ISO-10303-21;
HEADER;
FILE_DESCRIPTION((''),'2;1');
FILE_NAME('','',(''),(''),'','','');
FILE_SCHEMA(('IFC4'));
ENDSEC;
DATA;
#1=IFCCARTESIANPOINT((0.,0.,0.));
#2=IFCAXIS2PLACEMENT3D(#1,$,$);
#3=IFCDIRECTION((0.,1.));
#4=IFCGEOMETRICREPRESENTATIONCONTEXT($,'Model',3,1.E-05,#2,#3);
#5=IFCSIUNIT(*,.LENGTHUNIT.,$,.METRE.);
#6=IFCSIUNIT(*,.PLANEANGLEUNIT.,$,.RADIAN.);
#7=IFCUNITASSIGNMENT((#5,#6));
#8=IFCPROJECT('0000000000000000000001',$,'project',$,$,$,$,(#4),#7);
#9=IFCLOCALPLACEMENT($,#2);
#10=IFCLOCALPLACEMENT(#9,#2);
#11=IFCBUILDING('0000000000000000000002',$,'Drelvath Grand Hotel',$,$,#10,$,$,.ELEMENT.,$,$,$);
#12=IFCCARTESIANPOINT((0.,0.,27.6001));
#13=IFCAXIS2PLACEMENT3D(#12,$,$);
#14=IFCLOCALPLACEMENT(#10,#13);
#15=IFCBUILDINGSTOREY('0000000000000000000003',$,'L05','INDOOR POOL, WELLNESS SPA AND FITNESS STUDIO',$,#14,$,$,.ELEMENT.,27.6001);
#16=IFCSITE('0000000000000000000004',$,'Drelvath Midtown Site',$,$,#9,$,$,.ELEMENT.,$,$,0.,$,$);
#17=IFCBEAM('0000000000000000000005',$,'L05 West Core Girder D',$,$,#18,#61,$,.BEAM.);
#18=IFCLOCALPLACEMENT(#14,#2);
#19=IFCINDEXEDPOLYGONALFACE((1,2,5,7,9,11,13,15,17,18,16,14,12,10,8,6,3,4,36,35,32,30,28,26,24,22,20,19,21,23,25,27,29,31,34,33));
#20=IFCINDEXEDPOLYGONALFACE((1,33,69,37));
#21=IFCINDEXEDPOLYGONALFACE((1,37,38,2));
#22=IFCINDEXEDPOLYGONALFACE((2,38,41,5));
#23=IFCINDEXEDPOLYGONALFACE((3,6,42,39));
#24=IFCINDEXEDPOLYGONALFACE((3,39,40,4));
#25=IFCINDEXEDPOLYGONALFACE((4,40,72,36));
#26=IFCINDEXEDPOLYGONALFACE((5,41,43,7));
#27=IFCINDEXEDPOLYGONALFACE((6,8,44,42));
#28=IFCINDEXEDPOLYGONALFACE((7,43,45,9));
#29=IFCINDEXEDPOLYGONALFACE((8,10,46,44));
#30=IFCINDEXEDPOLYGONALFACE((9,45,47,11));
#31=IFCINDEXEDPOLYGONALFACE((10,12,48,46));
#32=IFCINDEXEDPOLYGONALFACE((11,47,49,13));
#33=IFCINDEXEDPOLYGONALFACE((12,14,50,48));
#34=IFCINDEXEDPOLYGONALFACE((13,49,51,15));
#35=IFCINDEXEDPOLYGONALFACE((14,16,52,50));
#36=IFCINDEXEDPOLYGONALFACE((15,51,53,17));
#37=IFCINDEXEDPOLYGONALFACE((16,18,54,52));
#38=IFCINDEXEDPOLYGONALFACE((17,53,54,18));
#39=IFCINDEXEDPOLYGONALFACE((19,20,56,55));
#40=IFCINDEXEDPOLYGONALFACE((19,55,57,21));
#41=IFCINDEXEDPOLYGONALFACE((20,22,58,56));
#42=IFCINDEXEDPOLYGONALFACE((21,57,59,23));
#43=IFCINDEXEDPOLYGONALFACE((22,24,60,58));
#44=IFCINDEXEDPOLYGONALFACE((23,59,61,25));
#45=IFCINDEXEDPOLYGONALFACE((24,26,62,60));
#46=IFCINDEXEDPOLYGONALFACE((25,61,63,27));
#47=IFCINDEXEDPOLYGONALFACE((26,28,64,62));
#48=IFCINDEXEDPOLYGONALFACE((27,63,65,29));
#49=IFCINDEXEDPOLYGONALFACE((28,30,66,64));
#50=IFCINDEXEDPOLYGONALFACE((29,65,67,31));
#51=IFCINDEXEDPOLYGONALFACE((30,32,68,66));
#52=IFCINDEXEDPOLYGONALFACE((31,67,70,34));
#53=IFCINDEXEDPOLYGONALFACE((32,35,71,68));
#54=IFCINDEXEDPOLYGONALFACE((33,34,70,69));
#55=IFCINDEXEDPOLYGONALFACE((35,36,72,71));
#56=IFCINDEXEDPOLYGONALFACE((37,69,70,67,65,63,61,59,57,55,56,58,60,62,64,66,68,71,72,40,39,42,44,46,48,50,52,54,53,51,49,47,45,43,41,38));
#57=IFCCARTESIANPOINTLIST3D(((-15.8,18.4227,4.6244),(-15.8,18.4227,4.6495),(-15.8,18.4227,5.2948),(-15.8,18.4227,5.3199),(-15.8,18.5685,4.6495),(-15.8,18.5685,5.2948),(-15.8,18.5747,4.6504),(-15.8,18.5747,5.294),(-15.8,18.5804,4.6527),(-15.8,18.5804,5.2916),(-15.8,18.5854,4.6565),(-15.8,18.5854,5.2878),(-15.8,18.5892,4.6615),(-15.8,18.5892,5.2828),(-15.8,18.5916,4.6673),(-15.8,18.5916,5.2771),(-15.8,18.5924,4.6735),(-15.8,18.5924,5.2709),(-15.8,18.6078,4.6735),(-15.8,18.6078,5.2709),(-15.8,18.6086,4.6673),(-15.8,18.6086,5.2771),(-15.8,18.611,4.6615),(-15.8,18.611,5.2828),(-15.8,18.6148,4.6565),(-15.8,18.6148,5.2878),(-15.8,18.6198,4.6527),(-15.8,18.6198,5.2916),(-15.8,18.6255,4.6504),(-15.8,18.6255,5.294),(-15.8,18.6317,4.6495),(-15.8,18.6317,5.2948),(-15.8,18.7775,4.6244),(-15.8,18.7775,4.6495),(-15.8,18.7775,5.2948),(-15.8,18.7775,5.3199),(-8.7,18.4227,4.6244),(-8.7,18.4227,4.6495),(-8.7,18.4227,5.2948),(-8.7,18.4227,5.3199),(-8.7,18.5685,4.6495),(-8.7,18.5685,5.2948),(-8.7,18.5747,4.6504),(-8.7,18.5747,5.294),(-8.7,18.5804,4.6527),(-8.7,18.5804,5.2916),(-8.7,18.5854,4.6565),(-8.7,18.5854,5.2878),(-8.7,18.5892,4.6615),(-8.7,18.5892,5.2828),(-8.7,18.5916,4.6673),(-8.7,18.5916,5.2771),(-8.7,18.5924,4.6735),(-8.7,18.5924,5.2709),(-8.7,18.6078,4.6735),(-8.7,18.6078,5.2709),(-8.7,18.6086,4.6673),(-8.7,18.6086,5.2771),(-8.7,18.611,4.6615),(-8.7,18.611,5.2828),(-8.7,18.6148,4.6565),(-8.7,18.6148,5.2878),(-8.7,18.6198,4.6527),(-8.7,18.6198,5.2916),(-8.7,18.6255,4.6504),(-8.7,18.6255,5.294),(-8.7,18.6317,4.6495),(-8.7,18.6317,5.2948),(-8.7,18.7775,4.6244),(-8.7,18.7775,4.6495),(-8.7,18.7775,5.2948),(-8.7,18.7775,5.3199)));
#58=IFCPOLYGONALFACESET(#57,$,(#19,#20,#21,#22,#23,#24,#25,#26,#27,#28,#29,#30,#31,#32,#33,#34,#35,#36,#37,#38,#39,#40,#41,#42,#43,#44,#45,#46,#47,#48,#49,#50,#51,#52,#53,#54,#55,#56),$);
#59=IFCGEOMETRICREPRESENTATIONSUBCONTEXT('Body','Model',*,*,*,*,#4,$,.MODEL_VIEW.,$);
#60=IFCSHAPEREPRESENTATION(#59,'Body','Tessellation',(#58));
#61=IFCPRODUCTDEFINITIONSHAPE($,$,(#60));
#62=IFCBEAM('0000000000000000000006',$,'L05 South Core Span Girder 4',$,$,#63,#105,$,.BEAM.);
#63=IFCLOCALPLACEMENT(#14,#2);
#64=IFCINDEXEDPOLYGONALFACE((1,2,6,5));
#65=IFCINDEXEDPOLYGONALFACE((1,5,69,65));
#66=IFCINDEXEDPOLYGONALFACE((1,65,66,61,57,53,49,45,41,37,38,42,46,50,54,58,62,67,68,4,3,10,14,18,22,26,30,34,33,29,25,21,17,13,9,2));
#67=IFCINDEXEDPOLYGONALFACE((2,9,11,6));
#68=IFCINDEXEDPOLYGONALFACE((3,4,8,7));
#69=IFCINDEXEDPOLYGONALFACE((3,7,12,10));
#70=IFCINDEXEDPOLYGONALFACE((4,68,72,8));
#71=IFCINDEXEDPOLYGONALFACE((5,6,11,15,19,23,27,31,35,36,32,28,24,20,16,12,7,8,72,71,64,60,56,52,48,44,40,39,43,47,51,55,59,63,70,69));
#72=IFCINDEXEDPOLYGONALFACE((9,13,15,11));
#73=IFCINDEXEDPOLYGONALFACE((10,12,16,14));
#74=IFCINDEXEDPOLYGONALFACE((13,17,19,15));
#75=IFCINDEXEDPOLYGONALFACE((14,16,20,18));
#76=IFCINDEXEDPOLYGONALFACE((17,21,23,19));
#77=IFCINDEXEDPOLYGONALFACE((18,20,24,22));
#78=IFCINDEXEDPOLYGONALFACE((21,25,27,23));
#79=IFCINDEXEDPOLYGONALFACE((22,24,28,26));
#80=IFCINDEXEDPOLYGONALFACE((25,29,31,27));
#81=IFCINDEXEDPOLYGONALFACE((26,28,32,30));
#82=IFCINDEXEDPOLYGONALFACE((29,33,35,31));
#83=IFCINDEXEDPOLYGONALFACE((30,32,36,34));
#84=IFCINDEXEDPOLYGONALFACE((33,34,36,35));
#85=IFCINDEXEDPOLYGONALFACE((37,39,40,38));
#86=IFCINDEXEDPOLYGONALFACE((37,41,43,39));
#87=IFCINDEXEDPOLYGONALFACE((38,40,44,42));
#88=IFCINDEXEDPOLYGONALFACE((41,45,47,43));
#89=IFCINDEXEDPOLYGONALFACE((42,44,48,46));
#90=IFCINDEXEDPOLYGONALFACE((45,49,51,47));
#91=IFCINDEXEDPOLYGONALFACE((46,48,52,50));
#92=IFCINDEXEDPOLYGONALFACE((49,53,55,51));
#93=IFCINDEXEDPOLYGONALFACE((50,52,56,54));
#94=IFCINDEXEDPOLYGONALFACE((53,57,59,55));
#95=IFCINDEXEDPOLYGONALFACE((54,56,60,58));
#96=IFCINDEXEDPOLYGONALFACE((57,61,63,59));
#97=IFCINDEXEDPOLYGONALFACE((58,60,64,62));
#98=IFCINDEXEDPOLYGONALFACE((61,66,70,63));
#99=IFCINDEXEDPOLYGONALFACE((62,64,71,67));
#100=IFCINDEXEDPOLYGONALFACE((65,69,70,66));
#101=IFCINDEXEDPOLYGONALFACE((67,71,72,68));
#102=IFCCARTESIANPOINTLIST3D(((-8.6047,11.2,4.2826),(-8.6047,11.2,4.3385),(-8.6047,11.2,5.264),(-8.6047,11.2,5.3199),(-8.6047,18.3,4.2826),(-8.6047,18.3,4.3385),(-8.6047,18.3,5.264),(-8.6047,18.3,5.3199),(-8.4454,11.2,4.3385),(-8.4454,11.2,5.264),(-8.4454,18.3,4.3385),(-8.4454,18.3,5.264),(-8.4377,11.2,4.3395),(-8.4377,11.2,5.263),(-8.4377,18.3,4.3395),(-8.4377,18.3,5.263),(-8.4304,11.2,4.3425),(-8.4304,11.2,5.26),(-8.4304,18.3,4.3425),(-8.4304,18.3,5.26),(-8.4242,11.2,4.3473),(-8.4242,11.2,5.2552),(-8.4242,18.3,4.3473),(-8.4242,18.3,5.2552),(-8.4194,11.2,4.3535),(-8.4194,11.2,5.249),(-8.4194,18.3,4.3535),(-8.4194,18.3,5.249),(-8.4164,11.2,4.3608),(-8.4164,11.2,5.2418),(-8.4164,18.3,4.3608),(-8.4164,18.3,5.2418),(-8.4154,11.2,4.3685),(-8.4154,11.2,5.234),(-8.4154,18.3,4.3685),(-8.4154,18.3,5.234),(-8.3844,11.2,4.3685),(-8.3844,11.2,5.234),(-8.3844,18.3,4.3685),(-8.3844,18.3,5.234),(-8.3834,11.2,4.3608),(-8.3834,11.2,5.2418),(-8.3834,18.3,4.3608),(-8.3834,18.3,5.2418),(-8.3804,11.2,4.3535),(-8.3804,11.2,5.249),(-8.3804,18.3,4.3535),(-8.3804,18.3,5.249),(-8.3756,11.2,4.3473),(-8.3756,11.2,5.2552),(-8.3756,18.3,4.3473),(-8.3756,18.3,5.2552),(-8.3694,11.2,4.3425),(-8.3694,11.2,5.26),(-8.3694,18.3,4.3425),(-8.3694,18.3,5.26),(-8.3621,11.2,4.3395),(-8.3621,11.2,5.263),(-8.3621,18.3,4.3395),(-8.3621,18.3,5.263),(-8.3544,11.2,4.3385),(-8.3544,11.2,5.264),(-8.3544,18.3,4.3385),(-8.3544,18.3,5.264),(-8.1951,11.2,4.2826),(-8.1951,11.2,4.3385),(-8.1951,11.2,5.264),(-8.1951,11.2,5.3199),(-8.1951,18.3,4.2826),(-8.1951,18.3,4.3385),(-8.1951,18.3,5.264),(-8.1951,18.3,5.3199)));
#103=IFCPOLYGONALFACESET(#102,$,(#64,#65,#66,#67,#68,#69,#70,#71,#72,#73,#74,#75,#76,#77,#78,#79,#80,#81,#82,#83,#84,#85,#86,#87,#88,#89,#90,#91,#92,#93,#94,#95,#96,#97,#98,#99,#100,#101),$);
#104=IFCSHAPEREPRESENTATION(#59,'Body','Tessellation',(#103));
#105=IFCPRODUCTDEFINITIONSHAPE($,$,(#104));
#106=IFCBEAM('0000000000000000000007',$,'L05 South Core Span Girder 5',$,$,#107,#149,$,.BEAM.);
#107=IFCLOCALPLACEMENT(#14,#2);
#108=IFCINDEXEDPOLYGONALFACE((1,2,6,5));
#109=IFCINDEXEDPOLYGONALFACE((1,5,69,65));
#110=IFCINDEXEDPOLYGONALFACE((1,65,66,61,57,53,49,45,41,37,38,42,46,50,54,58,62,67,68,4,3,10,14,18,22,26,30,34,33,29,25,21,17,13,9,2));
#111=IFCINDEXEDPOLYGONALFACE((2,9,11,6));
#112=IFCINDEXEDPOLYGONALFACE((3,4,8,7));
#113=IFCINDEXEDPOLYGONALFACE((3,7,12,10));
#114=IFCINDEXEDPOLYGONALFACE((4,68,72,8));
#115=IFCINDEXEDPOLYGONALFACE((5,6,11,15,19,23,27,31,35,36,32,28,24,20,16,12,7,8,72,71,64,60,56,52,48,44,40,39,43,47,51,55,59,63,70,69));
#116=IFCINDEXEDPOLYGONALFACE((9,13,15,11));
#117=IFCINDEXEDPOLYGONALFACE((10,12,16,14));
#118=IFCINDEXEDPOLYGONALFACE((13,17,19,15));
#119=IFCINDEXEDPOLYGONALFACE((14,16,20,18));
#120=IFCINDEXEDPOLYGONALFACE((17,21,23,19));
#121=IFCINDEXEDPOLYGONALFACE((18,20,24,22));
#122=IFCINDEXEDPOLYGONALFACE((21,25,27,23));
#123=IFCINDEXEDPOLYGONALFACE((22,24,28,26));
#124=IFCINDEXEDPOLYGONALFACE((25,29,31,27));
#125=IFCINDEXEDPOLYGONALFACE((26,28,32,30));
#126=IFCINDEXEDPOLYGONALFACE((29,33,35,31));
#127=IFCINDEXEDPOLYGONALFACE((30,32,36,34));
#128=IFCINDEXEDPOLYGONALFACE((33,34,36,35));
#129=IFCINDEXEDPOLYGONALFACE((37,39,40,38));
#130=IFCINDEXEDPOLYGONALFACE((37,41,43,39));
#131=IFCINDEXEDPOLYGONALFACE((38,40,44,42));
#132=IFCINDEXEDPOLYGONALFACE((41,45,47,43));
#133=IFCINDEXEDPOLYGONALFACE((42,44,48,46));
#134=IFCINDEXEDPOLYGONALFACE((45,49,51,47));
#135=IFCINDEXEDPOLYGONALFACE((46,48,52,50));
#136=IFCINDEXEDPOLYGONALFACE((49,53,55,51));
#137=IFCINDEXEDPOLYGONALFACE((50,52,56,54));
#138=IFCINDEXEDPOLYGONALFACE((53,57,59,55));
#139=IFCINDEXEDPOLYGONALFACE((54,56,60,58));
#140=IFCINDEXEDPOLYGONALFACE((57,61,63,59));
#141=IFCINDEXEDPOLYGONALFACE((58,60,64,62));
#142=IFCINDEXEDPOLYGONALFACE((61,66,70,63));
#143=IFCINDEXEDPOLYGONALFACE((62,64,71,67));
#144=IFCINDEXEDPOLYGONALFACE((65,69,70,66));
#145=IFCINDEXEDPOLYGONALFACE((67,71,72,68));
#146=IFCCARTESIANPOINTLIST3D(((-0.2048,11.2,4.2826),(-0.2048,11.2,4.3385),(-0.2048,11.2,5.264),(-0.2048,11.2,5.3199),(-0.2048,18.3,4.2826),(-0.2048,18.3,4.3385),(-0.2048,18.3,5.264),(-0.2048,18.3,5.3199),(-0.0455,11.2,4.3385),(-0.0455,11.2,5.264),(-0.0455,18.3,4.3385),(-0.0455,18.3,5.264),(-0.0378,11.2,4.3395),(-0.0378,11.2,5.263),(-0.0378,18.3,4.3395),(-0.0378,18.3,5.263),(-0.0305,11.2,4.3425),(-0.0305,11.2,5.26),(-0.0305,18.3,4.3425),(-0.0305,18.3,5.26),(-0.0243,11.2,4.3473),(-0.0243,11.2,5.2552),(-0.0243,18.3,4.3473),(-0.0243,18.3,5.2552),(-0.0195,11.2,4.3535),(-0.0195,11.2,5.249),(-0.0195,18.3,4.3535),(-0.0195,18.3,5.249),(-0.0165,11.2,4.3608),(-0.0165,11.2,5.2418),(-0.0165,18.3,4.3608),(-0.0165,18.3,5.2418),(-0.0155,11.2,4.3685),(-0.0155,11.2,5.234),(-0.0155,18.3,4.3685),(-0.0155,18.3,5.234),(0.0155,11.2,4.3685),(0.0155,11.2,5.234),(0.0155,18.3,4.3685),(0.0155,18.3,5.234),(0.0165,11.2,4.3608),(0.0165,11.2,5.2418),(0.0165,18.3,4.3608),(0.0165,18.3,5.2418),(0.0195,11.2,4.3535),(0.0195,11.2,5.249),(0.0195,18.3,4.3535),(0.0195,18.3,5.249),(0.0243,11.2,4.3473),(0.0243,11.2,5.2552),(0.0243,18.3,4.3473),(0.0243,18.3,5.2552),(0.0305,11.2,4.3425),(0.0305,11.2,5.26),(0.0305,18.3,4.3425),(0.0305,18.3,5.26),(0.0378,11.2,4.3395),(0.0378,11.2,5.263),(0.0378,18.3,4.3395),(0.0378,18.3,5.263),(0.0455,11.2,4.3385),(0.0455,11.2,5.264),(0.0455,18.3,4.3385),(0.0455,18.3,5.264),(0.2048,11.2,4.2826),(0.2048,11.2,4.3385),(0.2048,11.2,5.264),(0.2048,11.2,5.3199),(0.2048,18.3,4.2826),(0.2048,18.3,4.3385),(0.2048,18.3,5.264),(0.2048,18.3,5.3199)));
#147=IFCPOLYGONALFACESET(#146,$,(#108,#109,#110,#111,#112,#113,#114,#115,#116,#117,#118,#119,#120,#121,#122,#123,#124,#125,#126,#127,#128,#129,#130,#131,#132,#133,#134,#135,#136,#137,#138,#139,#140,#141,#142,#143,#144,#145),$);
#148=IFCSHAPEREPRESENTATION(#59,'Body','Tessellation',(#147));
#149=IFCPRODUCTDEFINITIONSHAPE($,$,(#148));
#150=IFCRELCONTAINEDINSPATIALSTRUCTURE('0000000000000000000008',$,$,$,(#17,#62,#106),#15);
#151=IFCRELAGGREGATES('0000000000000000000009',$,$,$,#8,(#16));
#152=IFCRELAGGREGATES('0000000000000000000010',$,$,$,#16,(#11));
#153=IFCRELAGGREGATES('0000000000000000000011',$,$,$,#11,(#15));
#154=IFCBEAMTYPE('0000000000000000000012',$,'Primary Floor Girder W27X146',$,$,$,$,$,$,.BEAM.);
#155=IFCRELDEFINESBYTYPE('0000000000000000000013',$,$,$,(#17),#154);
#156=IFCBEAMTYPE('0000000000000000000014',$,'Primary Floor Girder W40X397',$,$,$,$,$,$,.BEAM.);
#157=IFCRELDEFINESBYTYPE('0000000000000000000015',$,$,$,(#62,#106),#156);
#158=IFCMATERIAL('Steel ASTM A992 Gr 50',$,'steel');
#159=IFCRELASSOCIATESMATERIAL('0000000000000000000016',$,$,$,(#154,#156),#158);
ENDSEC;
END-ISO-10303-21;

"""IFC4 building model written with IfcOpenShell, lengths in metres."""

from ifc_helpers import new_model, si_unit, direction, frame, origin, origin_2d, place, context, subcontext, project, spatial, i_section, extrude, material, material_profile, profile_set, type_object, element, save


model = new_model("IFC4")

# Units and contexts
model_context = context("Model", 3, precision=1e-05, world=origin(), true_north=direction((0.0, 1.0)))
body_context = subcontext(model_context, "Body", "Model", "MODEL_VIEW")
ifc_project = project(units=[si_unit("LENGTHUNIT", "METRE"), si_unit("PLANEANGLEUNIT", "RADIAN")], contexts=[model_context])

# Site, building, storey
site_placement = place(None, origin())
site = spatial("IfcSite", under=ifc_project, at=site_placement, Name="Drelvath Midtown Site", CompositionType="ELEMENT", RefElevation=0.0)
building_placement = place(site_placement, origin())
building = spatial("IfcBuilding", under=site, at=building_placement, Name="Drelvath Grand Hotel", CompositionType="ELEMENT")
storey_placement = place(building_placement, frame((0.0, 0.0, 27.6001)))
storey = spatial("IfcBuildingStorey", under=building, at=storey_placement, Name="L05", Description="INDOOR POOL, WELLNESS SPA AND FITNESS STUDIO", CompositionType="ELEMENT", Elevation=27.6001)

# Beams
ifc_material_1 = material(Name="Steel ASTM A992 Gr 50", Category="steel")
ifc_material_profile_1 = material_profile(ifc_material_1, i_section(OverallWidth=0.3547, OverallDepth=0.6956, WebThickness=0.0154, FlangeThickness=0.0251, FilletRadius=0.0239, at=origin_2d()), Name="W27X146")
ifc_profile_set_1 = profile_set([ifc_material_profile_1], Name="Steel ASTM A992 Gr 50")
beam_type_1 = type_object("IfcBeamType", Name="Primary Floor Girder W27X146", PredefinedType="BEAM", material=ifc_profile_set_1)
beam_1_placement = place(storey_placement, frame((-15.8, 18.6001, 4.9722), z_axis=(1.0, 0.0, 0.0), x_axis=(0.0, 1.0, 0.0)))
element("IfcBeam", 1, at=beam_1_placement, inside=storey, type_object=beam_type_1, Name="L05 West Core Girder D", PredefinedType="BEAM", context=body_context, shape_type="SweptSolid", body=[
    extrude(i_section(OverallWidth=0.3547, OverallDepth=0.6956, WebThickness=0.0154, FlangeThickness=0.0251, FilletRadius=0.0239, at=origin_2d()), origin(), (0.0, 0.0, 1.0), 7.1001),
])
ifc_material_profile_2 = material_profile(ifc_material_1, i_section(OverallWidth=0.4097, OverallDepth=1.0374, WebThickness=0.031, FlangeThickness=0.0559, FilletRadius=0.03, at=origin_2d()), Name="W40X397")
ifc_profile_set_2 = profile_set([ifc_material_profile_2], Name="Steel ASTM A992 Gr 50")
beam_type_2 = type_object("IfcBeamType", Name="Primary Floor Girder W40X397", PredefinedType="BEAM", material=ifc_profile_set_2)
for number, where, z_axis, x_axis, name in (
    (2, (-8.3999, 11.2, 4.8013), (0.0, 1.0, 0.0), (-1.0, 0.0, 0.0), "L05 South Core Span Girder 4"),
    (3, (0.0, 11.2, 4.8013), (0.0, 1.0, 0.0), (-1.0, 0.0, 0.0), "L05 South Core Span Girder 5"),
):
    element("IfcBeam", number, at=place(storey_placement, frame(where, z_axis=z_axis, x_axis=x_axis)), inside=storey, type_object=beam_type_2, Name=name, PredefinedType="BEAM", context=body_context, shape_type="SweptSolid", body=[
        extrude(i_section(OverallWidth=0.4097, OverallDepth=1.0374, WebThickness=0.031, FlangeThickness=0.0559, FilletRadius=0.03, at=origin_2d()), origin(), (0.0, 0.0, 1.0), 7.1001),
    ])

save(model, "model.ifc")
